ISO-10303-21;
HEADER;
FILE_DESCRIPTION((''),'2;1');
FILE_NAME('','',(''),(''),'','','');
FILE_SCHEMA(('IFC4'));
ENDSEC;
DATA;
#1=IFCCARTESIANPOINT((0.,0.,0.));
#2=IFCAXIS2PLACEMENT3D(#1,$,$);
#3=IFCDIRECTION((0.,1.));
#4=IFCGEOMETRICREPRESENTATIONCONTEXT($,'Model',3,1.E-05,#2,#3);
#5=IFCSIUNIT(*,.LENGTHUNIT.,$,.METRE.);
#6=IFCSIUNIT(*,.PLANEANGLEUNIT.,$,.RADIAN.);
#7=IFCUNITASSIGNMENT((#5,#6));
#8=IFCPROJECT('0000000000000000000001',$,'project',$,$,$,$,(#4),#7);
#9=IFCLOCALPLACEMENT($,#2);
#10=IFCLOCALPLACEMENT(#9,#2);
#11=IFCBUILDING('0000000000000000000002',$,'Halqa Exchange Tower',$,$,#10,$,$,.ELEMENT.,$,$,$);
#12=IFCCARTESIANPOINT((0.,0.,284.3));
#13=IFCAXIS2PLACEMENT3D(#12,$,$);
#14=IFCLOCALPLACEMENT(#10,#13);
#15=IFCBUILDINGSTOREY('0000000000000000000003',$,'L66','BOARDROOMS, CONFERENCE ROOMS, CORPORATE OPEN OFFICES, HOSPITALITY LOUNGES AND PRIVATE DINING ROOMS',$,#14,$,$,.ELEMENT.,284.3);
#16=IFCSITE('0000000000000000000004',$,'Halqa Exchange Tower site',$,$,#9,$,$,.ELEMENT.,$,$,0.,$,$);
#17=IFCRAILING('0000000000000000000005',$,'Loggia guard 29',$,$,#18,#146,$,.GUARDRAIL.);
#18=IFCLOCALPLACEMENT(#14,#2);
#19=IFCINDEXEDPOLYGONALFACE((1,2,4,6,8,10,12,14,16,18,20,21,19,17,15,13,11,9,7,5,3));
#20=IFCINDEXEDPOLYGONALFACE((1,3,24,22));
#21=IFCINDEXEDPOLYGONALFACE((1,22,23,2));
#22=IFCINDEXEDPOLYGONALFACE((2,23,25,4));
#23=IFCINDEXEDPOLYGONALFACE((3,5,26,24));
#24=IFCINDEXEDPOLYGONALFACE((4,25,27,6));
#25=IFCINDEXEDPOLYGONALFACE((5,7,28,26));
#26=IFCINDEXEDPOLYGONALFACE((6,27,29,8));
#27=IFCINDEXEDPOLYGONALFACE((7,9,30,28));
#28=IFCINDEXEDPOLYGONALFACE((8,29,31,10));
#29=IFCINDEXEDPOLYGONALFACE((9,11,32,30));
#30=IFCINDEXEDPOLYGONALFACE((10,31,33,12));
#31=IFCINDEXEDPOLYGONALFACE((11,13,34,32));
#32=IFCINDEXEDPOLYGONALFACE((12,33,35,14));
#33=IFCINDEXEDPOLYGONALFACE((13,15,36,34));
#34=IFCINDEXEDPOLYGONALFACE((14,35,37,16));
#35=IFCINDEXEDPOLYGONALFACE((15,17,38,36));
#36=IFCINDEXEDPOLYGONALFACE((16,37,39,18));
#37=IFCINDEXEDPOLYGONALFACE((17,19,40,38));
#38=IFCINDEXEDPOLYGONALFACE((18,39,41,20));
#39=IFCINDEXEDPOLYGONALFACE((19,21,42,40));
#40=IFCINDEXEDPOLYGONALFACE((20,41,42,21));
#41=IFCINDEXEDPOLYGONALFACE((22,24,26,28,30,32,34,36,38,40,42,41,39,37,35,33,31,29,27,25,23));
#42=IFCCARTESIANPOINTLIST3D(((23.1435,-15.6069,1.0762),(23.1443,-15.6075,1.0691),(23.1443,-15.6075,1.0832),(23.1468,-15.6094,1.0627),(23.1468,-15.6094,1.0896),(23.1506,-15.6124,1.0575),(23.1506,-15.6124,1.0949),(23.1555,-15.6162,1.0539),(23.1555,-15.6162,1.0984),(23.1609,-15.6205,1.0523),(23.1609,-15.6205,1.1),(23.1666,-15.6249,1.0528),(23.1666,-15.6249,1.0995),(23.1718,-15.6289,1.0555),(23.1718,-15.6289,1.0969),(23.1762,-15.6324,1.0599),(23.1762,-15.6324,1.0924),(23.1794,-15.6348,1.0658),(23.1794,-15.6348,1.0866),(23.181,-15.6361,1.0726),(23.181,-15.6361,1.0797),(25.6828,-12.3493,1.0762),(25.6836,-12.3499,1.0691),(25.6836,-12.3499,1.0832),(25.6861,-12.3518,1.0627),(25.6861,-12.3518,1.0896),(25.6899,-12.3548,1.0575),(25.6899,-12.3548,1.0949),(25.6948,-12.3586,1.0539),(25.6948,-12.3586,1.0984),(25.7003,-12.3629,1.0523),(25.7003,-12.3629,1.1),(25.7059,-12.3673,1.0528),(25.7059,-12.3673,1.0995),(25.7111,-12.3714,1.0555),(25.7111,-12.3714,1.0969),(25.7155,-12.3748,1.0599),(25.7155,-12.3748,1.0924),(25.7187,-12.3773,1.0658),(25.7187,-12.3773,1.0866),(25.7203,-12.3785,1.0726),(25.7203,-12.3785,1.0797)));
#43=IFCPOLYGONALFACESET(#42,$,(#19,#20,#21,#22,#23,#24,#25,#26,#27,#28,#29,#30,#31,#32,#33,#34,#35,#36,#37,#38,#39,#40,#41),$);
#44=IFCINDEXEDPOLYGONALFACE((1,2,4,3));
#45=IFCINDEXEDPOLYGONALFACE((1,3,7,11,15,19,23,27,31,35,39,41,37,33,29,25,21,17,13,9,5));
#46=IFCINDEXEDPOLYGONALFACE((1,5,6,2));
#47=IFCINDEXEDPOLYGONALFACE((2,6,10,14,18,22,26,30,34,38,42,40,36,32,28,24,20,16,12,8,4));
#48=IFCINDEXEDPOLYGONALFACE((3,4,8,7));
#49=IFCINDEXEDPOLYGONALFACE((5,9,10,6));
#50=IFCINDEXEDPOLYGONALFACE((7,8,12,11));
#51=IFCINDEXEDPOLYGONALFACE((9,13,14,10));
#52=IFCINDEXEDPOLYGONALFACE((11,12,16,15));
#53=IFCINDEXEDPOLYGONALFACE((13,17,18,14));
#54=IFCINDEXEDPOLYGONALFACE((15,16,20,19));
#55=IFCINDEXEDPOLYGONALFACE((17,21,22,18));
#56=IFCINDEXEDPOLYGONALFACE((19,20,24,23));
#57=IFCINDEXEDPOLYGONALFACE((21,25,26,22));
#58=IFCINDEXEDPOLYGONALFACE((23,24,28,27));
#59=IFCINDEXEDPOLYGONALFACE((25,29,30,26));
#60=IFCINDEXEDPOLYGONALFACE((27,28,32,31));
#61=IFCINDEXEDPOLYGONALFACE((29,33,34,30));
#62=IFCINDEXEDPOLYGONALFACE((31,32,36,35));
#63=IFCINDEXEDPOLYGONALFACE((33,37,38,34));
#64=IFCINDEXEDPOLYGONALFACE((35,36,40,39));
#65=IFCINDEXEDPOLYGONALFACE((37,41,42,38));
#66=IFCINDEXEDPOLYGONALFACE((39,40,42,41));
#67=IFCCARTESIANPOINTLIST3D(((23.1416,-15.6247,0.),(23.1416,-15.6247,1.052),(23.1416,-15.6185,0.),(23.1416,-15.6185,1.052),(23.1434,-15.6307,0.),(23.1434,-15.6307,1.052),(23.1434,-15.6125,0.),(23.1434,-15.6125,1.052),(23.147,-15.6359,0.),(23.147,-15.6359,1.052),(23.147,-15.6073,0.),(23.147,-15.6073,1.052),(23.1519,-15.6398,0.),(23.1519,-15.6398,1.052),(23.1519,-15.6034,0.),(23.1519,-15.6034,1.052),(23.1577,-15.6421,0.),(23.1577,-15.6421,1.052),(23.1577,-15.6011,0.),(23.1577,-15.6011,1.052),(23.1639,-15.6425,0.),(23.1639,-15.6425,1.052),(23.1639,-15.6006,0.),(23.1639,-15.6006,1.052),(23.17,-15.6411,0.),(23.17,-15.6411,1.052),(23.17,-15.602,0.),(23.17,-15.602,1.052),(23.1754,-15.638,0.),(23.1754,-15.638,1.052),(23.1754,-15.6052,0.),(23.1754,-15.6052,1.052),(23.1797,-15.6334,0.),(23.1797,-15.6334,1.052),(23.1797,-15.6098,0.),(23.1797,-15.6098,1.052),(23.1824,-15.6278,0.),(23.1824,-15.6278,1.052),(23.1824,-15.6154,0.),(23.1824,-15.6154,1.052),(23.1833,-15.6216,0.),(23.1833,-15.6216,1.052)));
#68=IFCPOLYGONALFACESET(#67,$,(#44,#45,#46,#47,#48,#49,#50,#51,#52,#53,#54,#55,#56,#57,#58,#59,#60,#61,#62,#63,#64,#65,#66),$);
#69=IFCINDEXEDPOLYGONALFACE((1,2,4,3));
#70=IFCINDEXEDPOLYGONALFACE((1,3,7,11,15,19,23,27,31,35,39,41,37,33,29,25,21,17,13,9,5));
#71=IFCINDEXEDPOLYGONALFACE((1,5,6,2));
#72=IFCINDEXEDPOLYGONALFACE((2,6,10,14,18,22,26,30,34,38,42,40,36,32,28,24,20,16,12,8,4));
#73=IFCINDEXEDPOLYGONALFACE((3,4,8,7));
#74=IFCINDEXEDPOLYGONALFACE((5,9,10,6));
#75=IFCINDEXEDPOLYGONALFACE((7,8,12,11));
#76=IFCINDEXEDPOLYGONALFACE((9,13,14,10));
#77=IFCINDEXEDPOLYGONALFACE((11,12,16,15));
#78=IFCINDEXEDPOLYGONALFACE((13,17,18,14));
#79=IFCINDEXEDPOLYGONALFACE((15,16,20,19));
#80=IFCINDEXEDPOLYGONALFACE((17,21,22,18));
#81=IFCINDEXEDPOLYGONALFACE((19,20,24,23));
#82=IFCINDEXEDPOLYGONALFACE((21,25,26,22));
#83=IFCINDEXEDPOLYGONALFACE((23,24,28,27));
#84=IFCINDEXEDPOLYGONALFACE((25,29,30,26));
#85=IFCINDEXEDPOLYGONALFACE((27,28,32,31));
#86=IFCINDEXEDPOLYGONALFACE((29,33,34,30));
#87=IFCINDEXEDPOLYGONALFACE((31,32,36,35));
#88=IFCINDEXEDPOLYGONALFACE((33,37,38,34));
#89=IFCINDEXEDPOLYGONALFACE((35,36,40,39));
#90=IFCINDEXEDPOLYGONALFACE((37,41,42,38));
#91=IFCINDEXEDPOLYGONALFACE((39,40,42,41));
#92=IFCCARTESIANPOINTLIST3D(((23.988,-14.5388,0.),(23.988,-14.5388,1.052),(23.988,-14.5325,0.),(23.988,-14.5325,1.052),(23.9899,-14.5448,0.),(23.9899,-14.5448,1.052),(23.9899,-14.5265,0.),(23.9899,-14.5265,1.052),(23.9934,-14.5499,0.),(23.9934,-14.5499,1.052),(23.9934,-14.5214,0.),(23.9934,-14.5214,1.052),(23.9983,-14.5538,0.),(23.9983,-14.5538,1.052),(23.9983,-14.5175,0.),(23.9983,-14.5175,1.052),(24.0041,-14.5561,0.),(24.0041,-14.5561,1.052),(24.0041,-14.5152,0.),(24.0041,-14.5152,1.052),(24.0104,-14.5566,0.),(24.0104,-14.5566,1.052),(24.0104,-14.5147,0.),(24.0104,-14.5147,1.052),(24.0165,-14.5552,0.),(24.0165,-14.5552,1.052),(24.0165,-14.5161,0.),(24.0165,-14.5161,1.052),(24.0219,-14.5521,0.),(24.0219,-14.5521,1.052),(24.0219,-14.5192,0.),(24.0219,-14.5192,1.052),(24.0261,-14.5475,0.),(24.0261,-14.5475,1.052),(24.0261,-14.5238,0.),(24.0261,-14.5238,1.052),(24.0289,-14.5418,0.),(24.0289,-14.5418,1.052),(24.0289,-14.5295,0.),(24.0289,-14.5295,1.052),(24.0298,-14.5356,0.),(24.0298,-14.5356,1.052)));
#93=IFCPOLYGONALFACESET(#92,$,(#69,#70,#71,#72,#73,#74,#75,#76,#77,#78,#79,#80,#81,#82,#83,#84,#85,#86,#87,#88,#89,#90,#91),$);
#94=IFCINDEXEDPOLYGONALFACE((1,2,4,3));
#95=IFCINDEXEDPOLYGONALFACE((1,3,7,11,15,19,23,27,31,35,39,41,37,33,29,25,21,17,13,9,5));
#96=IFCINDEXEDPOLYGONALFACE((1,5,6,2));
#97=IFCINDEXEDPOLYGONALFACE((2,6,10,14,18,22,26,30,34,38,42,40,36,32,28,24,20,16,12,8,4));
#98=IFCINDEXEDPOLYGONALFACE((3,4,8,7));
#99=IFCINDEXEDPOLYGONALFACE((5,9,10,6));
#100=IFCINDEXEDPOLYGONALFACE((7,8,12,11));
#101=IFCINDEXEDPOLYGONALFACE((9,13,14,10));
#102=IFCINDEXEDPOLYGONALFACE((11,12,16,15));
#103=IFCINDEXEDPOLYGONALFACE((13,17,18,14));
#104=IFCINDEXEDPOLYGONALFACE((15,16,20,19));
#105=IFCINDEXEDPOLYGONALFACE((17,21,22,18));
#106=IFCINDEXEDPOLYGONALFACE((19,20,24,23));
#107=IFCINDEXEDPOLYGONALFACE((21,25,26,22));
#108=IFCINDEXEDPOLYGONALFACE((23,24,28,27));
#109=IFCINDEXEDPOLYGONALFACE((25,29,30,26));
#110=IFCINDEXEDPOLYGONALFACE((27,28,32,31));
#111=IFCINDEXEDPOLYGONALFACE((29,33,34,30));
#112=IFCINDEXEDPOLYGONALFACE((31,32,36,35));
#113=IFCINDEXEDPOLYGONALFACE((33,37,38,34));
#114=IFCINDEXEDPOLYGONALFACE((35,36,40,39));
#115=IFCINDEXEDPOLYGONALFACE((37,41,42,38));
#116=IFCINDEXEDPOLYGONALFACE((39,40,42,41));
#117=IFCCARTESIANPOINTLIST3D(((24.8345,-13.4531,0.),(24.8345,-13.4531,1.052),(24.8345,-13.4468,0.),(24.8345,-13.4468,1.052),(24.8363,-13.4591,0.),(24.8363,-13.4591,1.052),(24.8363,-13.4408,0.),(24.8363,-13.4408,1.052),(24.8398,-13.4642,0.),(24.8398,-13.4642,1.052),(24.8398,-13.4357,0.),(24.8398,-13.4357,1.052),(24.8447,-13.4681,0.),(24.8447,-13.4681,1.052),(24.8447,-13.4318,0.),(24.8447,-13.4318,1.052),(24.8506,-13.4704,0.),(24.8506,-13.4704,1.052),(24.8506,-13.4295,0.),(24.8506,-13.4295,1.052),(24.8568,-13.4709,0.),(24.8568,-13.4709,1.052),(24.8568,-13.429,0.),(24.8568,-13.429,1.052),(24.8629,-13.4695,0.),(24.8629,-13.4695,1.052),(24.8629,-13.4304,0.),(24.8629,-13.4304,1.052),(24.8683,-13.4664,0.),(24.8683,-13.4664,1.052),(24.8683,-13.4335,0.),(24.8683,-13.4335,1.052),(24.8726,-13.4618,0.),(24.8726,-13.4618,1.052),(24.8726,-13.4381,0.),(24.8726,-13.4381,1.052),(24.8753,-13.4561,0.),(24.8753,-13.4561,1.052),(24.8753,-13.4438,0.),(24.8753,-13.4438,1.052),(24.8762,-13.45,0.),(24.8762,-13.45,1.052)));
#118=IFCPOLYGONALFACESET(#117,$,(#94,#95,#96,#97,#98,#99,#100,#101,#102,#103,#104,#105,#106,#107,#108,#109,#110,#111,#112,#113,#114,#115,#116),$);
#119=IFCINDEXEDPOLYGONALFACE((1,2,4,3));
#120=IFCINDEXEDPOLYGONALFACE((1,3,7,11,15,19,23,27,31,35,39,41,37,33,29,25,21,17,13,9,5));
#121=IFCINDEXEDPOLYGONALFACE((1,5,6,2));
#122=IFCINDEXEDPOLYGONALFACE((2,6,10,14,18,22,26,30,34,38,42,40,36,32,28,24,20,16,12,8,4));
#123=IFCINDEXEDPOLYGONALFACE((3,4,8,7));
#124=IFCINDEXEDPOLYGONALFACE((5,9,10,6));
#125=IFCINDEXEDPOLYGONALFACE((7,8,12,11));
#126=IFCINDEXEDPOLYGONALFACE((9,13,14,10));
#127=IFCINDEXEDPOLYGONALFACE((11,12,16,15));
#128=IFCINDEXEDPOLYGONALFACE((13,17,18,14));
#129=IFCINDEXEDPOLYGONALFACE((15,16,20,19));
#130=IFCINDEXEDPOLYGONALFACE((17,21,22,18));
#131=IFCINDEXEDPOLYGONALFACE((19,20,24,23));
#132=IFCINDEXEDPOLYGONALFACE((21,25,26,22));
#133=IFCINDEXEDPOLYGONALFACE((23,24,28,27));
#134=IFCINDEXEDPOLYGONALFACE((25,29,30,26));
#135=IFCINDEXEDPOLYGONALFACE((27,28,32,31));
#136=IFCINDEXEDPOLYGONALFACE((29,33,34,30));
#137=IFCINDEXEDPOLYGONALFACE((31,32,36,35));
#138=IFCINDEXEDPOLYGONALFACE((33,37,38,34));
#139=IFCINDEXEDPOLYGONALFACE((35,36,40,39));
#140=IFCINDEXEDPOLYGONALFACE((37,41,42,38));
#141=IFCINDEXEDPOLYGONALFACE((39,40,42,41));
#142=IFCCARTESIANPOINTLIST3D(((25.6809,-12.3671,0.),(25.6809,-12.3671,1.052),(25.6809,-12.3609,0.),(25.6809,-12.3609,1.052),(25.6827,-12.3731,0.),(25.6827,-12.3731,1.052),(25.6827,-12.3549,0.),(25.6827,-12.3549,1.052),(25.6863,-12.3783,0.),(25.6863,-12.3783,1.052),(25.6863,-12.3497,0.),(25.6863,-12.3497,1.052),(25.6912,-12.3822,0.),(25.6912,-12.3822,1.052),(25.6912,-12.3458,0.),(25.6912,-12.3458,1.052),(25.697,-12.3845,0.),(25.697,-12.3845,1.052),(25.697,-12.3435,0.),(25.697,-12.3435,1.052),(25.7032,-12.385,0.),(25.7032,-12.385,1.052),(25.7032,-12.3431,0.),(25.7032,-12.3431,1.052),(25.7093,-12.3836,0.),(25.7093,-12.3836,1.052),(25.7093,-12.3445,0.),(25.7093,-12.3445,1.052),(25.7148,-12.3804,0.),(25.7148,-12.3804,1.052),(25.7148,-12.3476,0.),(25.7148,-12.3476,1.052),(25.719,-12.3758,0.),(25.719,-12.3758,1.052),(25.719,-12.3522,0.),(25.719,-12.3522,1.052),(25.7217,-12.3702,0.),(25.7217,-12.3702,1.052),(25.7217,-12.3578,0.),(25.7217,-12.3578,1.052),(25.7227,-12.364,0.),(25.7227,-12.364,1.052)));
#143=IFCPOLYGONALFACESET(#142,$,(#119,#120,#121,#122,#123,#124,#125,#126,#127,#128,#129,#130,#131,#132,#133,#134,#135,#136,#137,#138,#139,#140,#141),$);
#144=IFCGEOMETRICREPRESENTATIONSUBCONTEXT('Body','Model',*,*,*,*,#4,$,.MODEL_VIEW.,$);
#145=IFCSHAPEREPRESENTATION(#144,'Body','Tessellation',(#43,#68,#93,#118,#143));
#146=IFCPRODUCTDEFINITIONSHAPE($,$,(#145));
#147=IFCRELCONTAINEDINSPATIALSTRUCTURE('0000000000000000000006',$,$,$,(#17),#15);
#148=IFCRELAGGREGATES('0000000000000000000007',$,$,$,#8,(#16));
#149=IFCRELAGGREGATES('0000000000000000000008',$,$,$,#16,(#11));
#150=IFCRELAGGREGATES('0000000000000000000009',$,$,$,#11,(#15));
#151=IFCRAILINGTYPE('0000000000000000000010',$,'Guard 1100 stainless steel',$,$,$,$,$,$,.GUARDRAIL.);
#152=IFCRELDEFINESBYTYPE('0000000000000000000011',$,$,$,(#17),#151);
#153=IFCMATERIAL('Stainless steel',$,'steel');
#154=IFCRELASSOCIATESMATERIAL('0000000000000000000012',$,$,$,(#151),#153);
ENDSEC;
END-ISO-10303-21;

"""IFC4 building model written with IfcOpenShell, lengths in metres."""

from ifc_helpers import new_model, si_unit, direction, frame, origin, origin_2d, place, context, subcontext, project, spatial, circle, extrude, material, type_object, element, save


model = new_model("IFC4")

# Units and contexts
model_context = context("Model", 3, precision=1e-05, world=origin(), true_north=direction((0.0, 1.0)))
body_context = subcontext(model_context, "Body", "Model", "MODEL_VIEW")
ifc_project = project(units=[si_unit("LENGTHUNIT", "METRE"), si_unit("PLANEANGLEUNIT", "RADIAN")], contexts=[model_context])

# Site, building, storey
site_placement = place(None, origin())
site = spatial("IfcSite", under=ifc_project, at=site_placement, Name="Halqa Exchange Tower site", CompositionType="ELEMENT", RefElevation=0.0)
building_placement = place(site_placement, origin())
building = spatial("IfcBuilding", under=site, at=building_placement, Name="Halqa Exchange Tower", CompositionType="ELEMENT")
storey_placement = place(building_placement, frame((0.0, 0.0, 284.3)))
storey = spatial("IfcBuildingStorey", under=building, at=storey_placement, Name="L66", Description="BOARDROOMS, CONFERENCE ROOMS, CORPORATE OPEN OFFICES, HOSPITALITY LOUNGES AND PRIVATE DINING ROOMS", CompositionType="ELEMENT", Elevation=284.3)

# Railing
ifc_material_1 = material(Name="Stainless steel", Category="steel")
railing_type = type_object("IfcRailingType", Name="Guard 1100 stainless steel", PredefinedType="GUARDRAIL", material=ifc_material_1)
railing_1_placement = place(storey_placement, frame((23.1624, -15.6216, 0.0)))
element("IfcRailing", 1, at=railing_1_placement, inside=storey, type_object=railing_type, Name="Loggia guard 29", PredefinedType="GUARDRAIL", context=body_context, shape_type="SweptSolid", body=[
    extrude(circle(Radius=0.0239, at=origin_2d()), frame((0.0, 0.0, 1.0762), z_axis=(0.614791, 0.78869, 0.0), x_axis=(-0.78869, 0.614791, 0.0)), (0.0, 0.0, 1.0), 4.1304),
    extrude(circle(Radius=0.021, at=origin_2d()), origin(), (0.0, 0.0, 1.0), 1.052),
    extrude(circle(Radius=0.021, at=origin_2d()), frame((0.8464, 1.0859, 0.0)), (0.0, 0.0, 1.0), 1.052),
    extrude(circle(Radius=0.021, at=origin_2d()), frame((1.6929, 2.1716, 0.0)), (0.0, 0.0, 1.0), 1.052),
    extrude(circle(Radius=0.021, at=origin_2d()), frame((2.5393, 3.2576, 0.0)), (0.0, 0.0, 1.0), 1.052),
])

save(model, "model.ifc")
